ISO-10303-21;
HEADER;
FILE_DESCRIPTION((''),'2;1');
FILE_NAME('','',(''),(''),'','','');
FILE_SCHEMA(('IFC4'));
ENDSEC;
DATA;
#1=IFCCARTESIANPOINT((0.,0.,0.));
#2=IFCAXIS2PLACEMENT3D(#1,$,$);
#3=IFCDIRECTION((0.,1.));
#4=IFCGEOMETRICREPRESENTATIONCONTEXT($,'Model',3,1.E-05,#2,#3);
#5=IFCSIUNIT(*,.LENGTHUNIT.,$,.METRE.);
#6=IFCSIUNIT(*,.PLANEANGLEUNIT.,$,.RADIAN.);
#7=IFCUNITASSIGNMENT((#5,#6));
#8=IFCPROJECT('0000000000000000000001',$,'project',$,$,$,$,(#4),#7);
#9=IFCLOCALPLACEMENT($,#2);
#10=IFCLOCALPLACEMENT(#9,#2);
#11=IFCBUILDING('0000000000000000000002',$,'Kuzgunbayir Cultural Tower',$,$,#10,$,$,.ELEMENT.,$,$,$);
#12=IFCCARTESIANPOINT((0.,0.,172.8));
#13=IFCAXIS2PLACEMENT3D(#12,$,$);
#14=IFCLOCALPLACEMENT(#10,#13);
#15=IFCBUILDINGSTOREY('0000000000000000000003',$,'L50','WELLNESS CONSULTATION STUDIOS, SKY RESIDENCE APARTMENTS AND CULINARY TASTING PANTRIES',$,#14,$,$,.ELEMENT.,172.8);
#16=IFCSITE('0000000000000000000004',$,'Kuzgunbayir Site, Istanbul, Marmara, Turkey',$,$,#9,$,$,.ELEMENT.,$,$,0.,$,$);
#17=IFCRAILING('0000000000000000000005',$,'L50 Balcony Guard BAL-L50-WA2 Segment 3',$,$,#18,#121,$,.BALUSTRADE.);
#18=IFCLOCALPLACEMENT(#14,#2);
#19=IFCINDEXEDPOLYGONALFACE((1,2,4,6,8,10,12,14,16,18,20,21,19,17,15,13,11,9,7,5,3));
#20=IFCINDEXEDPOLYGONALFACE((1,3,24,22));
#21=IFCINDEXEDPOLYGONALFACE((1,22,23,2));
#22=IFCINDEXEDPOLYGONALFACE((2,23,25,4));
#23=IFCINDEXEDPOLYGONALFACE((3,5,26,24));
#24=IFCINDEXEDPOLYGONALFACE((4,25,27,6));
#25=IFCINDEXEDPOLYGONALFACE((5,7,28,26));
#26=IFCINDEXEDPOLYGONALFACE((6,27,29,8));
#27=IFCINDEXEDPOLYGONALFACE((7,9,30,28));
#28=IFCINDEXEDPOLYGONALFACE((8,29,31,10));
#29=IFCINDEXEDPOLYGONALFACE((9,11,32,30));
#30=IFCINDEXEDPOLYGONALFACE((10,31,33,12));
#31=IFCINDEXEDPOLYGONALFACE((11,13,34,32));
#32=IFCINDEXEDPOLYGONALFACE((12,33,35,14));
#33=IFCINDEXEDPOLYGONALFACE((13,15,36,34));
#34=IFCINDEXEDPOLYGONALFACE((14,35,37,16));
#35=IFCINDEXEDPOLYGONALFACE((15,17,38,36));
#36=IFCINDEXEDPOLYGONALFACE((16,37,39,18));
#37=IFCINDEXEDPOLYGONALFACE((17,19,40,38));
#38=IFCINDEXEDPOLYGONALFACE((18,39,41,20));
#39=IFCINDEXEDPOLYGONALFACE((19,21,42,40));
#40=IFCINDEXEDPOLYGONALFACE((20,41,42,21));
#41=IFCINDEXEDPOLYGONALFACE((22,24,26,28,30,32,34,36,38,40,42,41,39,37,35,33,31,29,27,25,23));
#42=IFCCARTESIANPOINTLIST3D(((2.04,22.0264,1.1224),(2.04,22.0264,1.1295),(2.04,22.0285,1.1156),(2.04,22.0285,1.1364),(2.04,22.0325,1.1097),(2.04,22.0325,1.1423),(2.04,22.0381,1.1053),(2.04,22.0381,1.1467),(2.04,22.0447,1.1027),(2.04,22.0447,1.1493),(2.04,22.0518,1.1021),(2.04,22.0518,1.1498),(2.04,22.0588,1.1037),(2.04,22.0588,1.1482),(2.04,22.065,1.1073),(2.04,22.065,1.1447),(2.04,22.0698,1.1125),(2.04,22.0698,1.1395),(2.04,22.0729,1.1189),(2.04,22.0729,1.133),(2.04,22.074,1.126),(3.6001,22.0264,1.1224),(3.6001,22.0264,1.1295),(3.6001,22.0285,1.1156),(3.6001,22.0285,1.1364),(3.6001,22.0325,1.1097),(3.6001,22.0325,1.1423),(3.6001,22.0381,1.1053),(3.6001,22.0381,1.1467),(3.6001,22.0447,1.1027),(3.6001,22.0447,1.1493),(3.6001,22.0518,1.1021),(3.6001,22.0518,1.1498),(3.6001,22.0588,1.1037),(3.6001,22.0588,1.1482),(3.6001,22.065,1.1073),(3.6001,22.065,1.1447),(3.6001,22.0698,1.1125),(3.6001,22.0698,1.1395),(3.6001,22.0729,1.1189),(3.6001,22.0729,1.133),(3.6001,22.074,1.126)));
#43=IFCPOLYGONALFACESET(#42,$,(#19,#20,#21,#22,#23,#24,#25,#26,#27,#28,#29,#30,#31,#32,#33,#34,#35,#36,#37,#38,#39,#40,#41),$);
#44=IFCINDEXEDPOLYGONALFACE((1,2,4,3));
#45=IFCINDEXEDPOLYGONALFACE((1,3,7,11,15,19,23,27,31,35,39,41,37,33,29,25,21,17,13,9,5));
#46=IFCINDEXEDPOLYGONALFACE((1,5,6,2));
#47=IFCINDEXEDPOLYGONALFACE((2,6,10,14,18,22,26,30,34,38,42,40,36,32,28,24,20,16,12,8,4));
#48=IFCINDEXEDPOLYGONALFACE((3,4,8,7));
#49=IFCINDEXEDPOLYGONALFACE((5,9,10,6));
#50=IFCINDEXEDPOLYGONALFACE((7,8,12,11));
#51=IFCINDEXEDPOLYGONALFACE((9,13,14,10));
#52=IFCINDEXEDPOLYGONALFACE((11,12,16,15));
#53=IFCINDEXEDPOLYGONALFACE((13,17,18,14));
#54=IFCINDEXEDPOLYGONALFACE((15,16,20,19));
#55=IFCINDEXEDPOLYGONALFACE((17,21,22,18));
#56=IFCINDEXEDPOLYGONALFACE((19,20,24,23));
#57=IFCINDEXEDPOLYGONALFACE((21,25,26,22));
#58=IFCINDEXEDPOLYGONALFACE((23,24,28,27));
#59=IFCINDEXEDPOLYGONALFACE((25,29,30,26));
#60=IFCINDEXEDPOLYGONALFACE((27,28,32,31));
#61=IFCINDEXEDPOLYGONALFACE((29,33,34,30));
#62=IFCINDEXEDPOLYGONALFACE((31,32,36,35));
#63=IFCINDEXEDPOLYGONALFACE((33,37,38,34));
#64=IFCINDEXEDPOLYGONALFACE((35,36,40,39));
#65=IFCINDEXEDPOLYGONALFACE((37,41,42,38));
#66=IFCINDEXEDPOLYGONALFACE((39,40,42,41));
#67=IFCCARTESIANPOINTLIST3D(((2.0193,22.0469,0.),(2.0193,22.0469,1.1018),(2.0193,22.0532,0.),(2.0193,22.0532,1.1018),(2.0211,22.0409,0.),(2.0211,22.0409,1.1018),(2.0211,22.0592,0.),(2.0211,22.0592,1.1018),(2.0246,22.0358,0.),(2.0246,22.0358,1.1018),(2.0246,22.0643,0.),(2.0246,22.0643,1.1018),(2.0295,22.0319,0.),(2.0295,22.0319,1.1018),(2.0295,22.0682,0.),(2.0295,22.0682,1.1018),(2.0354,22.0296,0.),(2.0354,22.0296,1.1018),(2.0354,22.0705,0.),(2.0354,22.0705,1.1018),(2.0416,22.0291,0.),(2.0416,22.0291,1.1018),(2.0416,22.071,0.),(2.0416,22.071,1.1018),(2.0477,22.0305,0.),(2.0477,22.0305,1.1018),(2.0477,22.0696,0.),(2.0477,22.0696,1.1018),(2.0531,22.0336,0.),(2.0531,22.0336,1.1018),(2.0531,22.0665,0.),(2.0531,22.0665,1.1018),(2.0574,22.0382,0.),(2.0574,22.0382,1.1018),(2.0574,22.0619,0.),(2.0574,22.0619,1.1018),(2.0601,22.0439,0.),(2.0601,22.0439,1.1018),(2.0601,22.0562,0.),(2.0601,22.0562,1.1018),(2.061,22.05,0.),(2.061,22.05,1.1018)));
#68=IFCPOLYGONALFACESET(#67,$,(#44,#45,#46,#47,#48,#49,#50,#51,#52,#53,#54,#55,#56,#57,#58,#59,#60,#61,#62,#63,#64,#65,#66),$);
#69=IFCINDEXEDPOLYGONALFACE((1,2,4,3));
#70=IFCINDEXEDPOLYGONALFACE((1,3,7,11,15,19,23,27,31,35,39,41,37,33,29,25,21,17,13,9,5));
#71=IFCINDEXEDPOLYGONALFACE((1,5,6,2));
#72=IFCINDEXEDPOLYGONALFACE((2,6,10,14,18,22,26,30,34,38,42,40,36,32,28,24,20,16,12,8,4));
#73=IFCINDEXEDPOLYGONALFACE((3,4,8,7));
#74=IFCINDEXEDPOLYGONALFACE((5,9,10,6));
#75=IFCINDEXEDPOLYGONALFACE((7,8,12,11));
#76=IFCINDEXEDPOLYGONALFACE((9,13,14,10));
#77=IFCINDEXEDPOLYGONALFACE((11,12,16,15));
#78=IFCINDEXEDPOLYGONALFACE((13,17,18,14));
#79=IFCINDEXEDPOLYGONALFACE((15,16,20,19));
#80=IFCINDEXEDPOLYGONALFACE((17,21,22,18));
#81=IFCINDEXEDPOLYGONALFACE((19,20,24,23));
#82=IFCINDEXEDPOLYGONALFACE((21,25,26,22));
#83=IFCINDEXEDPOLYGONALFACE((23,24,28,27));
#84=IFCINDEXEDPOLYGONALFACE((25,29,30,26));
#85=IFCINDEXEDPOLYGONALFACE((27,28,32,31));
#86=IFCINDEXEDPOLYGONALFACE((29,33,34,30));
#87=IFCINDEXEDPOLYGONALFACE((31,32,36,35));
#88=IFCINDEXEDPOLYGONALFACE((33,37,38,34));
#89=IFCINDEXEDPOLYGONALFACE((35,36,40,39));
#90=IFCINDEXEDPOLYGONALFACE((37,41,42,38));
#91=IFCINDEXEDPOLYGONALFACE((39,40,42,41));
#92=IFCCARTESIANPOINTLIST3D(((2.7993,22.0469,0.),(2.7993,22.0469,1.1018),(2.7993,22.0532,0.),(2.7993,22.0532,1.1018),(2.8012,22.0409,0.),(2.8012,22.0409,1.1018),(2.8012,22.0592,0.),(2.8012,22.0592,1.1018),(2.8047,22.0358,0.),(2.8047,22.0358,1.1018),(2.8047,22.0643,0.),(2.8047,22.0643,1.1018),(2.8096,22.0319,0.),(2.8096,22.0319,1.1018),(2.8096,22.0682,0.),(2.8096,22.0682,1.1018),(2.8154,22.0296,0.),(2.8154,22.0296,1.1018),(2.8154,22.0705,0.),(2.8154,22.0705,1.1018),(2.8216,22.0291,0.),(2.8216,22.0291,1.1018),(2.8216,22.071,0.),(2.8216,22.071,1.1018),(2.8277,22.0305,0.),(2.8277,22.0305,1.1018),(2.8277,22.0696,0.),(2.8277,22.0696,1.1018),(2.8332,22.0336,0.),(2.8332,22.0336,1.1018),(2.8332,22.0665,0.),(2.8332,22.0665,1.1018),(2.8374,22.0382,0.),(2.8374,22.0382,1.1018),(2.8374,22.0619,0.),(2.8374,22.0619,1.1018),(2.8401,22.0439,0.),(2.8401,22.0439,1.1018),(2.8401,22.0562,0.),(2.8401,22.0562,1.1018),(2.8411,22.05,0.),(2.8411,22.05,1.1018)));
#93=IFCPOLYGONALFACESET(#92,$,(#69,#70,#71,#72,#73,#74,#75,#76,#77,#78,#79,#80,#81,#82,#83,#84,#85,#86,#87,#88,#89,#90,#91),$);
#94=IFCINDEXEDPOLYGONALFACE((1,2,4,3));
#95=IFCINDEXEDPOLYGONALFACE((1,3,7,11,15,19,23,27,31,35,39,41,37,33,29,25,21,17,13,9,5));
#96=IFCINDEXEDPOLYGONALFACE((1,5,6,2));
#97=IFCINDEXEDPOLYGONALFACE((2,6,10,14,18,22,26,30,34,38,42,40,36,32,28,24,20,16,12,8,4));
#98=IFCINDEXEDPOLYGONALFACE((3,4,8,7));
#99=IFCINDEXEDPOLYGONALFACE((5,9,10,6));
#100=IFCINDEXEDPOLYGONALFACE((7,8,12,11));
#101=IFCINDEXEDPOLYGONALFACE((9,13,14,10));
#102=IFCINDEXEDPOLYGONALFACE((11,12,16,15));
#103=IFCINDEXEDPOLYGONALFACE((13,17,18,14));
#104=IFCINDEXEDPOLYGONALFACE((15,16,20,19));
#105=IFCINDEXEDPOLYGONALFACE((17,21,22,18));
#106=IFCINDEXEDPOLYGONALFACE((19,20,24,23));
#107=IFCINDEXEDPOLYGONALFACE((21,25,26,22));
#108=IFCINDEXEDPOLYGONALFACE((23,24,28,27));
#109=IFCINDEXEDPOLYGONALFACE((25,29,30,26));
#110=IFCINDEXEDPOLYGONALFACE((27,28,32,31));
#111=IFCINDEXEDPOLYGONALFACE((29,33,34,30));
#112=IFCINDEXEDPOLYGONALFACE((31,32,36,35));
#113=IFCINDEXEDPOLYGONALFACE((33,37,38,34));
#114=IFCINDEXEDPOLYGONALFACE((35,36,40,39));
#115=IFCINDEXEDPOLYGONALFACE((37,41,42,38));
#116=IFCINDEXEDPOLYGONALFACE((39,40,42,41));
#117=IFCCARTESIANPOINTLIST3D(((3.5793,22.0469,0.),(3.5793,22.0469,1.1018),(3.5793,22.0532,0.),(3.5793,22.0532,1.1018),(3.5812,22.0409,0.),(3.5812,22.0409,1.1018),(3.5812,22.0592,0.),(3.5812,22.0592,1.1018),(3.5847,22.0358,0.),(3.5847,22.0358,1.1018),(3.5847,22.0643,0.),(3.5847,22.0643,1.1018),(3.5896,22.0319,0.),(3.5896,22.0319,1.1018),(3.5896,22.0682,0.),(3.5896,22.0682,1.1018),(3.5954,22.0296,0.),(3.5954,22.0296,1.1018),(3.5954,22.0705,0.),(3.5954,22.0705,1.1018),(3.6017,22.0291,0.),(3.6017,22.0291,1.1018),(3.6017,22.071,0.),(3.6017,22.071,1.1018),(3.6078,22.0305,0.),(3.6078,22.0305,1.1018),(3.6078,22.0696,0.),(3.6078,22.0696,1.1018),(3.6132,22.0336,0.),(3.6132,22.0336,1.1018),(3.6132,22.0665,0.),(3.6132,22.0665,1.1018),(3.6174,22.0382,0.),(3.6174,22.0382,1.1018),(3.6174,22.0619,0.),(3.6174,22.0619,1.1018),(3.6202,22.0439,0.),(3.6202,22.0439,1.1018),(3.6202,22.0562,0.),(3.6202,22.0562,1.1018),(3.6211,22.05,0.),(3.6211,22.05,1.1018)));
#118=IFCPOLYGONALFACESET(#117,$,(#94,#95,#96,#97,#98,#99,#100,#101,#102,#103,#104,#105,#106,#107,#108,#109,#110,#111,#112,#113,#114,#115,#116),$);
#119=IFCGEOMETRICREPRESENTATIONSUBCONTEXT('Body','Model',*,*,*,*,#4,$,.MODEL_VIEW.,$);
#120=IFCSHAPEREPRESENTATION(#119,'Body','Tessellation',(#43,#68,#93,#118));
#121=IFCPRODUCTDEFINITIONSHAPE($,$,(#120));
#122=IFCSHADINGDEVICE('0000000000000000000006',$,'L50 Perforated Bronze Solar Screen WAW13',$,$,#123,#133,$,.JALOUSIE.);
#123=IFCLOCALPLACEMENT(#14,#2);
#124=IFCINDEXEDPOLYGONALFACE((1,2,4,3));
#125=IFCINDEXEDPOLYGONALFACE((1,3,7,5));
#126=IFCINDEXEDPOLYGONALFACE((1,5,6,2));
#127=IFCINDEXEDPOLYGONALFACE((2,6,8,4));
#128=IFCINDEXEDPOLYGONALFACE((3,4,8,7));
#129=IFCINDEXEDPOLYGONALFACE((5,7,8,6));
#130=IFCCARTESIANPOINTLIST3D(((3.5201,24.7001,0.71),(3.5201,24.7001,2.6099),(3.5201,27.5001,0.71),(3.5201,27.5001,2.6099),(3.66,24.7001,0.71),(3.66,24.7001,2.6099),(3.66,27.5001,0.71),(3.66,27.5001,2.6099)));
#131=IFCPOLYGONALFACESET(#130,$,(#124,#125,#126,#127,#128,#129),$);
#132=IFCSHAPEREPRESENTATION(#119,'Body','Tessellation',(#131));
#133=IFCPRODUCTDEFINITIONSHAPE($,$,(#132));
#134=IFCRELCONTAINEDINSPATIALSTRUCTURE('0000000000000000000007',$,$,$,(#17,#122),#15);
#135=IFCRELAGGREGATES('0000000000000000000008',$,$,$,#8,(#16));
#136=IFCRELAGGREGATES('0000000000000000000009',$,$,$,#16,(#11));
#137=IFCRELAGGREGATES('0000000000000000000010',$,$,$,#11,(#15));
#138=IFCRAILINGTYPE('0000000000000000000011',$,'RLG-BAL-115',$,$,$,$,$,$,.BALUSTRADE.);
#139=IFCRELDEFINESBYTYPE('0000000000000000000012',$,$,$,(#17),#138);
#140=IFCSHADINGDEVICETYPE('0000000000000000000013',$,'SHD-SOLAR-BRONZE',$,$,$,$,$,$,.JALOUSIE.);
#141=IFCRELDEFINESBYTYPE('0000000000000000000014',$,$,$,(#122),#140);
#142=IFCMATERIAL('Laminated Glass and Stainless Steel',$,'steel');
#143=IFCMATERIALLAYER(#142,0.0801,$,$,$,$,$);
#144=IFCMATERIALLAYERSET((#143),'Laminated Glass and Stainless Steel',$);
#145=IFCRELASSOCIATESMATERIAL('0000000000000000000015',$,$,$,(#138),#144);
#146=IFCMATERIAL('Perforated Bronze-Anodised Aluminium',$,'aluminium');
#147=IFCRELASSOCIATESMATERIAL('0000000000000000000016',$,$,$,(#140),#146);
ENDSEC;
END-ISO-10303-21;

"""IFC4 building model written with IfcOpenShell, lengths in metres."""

from ifc_helpers import new_model, si_unit, direction, frame, origin, origin_2d, place, context, subcontext, project, spatial, rectangle, circle, extrude, material, layer, layer_set, type_object, element, save


model = new_model("IFC4")

# Units and contexts
model_context = context("Model", 3, precision=1e-05, world=origin(), true_north=direction((0.0, 1.0)))
body_context = subcontext(model_context, "Body", "Model", "MODEL_VIEW")
ifc_project = project(units=[si_unit("LENGTHUNIT", "METRE"), si_unit("PLANEANGLEUNIT", "RADIAN")], contexts=[model_context])

# Site, building, storey
site_placement = place(None, origin())
site = spatial("IfcSite", under=ifc_project, at=site_placement, Name="Kuzgunbayir Site, Istanbul, Marmara, Turkey", CompositionType="ELEMENT", RefElevation=0.0)
building_placement = place(site_placement, origin())
building = spatial("IfcBuilding", under=site, at=building_placement, Name="Kuzgunbayir Cultural Tower", CompositionType="ELEMENT")
storey_placement = place(building_placement, frame((0.0, 0.0, 172.8)))
storey = spatial("IfcBuildingStorey", under=building, at=storey_placement, Name="L50", Description="WELLNESS CONSULTATION STUDIOS, SKY RESIDENCE APARTMENTS AND CULINARY TASTING PANTRIES", CompositionType="ELEMENT", Elevation=172.8)

# Railing
ifc_material_1 = material(Name="Laminated Glass and Stainless Steel", Category="steel")
ifc_layer_1 = layer(ifc_material_1, 0.0801)
ifc_layer_set_1 = layer_set([ifc_layer_1], Name="Laminated Glass and Stainless Steel")
railing_type = type_object("IfcRailingType", Name="RLG-BAL-115", PredefinedType="BALUSTRADE", material=ifc_layer_set_1)
railing_1_placement = place(storey_placement, frame((2.04, 22.05, 0.0)))
element("IfcRailing", 1, at=railing_1_placement, inside=storey, type_object=railing_type, Name="L50 Balcony Guard BAL-L50-WA2 Segment 3", PredefinedType="BALUSTRADE", context=body_context, shape_type="SweptSolid", body=[
    extrude(circle(Radius=0.0239, at=origin_2d()), frame((0.0, 0.0, 1.126), z_axis=(1.0, 0.0, 0.0), x_axis=(0.0, 1.0, 0.0)), (0.0, 0.0, 1.0), 1.5601),
    extrude(circle(Radius=0.021, at=origin_2d()), origin(), (0.0, 0.0, 1.0), 1.1018),
    extrude(circle(Radius=0.021, at=origin_2d()), frame((0.78, 0.0, 0.0)), (0.0, 0.0, 1.0), 1.1018),
    extrude(circle(Radius=0.021, at=origin_2d()), frame((1.5601, 0.0, 0.0)), (0.0, 0.0, 1.0), 1.1018),
])

# Shading device
ifc_material_2 = material(Name="Perforated Bronze-Anodised Aluminium", Category="aluminium")
shading_device_type = type_object("IfcShadingDeviceType", Name="SHD-SOLAR-BRONZE", PredefinedType="JALOUSIE", material=ifc_material_2)
shading_device_placement = place(storey_placement, frame((3.5901, 26.1001, 0.71), z_axis=(0.0, 0.0, 1.0), x_axis=(1.0, 0.0, 0.0)))
element("IfcShadingDevice", 2, at=shading_device_placement, inside=storey, type_object=shading_device_type, Name="L50 Perforated Bronze Solar Screen WAW13", PredefinedType="JALOUSIE", context=body_context, shape_type="SweptSolid", body=[
    extrude(rectangle(XDim=0.1399, YDim=2.8, at=origin_2d()), origin(), (0.0, 0.0, 1.0), 1.8999),
])

save(model, "model.ifc")
